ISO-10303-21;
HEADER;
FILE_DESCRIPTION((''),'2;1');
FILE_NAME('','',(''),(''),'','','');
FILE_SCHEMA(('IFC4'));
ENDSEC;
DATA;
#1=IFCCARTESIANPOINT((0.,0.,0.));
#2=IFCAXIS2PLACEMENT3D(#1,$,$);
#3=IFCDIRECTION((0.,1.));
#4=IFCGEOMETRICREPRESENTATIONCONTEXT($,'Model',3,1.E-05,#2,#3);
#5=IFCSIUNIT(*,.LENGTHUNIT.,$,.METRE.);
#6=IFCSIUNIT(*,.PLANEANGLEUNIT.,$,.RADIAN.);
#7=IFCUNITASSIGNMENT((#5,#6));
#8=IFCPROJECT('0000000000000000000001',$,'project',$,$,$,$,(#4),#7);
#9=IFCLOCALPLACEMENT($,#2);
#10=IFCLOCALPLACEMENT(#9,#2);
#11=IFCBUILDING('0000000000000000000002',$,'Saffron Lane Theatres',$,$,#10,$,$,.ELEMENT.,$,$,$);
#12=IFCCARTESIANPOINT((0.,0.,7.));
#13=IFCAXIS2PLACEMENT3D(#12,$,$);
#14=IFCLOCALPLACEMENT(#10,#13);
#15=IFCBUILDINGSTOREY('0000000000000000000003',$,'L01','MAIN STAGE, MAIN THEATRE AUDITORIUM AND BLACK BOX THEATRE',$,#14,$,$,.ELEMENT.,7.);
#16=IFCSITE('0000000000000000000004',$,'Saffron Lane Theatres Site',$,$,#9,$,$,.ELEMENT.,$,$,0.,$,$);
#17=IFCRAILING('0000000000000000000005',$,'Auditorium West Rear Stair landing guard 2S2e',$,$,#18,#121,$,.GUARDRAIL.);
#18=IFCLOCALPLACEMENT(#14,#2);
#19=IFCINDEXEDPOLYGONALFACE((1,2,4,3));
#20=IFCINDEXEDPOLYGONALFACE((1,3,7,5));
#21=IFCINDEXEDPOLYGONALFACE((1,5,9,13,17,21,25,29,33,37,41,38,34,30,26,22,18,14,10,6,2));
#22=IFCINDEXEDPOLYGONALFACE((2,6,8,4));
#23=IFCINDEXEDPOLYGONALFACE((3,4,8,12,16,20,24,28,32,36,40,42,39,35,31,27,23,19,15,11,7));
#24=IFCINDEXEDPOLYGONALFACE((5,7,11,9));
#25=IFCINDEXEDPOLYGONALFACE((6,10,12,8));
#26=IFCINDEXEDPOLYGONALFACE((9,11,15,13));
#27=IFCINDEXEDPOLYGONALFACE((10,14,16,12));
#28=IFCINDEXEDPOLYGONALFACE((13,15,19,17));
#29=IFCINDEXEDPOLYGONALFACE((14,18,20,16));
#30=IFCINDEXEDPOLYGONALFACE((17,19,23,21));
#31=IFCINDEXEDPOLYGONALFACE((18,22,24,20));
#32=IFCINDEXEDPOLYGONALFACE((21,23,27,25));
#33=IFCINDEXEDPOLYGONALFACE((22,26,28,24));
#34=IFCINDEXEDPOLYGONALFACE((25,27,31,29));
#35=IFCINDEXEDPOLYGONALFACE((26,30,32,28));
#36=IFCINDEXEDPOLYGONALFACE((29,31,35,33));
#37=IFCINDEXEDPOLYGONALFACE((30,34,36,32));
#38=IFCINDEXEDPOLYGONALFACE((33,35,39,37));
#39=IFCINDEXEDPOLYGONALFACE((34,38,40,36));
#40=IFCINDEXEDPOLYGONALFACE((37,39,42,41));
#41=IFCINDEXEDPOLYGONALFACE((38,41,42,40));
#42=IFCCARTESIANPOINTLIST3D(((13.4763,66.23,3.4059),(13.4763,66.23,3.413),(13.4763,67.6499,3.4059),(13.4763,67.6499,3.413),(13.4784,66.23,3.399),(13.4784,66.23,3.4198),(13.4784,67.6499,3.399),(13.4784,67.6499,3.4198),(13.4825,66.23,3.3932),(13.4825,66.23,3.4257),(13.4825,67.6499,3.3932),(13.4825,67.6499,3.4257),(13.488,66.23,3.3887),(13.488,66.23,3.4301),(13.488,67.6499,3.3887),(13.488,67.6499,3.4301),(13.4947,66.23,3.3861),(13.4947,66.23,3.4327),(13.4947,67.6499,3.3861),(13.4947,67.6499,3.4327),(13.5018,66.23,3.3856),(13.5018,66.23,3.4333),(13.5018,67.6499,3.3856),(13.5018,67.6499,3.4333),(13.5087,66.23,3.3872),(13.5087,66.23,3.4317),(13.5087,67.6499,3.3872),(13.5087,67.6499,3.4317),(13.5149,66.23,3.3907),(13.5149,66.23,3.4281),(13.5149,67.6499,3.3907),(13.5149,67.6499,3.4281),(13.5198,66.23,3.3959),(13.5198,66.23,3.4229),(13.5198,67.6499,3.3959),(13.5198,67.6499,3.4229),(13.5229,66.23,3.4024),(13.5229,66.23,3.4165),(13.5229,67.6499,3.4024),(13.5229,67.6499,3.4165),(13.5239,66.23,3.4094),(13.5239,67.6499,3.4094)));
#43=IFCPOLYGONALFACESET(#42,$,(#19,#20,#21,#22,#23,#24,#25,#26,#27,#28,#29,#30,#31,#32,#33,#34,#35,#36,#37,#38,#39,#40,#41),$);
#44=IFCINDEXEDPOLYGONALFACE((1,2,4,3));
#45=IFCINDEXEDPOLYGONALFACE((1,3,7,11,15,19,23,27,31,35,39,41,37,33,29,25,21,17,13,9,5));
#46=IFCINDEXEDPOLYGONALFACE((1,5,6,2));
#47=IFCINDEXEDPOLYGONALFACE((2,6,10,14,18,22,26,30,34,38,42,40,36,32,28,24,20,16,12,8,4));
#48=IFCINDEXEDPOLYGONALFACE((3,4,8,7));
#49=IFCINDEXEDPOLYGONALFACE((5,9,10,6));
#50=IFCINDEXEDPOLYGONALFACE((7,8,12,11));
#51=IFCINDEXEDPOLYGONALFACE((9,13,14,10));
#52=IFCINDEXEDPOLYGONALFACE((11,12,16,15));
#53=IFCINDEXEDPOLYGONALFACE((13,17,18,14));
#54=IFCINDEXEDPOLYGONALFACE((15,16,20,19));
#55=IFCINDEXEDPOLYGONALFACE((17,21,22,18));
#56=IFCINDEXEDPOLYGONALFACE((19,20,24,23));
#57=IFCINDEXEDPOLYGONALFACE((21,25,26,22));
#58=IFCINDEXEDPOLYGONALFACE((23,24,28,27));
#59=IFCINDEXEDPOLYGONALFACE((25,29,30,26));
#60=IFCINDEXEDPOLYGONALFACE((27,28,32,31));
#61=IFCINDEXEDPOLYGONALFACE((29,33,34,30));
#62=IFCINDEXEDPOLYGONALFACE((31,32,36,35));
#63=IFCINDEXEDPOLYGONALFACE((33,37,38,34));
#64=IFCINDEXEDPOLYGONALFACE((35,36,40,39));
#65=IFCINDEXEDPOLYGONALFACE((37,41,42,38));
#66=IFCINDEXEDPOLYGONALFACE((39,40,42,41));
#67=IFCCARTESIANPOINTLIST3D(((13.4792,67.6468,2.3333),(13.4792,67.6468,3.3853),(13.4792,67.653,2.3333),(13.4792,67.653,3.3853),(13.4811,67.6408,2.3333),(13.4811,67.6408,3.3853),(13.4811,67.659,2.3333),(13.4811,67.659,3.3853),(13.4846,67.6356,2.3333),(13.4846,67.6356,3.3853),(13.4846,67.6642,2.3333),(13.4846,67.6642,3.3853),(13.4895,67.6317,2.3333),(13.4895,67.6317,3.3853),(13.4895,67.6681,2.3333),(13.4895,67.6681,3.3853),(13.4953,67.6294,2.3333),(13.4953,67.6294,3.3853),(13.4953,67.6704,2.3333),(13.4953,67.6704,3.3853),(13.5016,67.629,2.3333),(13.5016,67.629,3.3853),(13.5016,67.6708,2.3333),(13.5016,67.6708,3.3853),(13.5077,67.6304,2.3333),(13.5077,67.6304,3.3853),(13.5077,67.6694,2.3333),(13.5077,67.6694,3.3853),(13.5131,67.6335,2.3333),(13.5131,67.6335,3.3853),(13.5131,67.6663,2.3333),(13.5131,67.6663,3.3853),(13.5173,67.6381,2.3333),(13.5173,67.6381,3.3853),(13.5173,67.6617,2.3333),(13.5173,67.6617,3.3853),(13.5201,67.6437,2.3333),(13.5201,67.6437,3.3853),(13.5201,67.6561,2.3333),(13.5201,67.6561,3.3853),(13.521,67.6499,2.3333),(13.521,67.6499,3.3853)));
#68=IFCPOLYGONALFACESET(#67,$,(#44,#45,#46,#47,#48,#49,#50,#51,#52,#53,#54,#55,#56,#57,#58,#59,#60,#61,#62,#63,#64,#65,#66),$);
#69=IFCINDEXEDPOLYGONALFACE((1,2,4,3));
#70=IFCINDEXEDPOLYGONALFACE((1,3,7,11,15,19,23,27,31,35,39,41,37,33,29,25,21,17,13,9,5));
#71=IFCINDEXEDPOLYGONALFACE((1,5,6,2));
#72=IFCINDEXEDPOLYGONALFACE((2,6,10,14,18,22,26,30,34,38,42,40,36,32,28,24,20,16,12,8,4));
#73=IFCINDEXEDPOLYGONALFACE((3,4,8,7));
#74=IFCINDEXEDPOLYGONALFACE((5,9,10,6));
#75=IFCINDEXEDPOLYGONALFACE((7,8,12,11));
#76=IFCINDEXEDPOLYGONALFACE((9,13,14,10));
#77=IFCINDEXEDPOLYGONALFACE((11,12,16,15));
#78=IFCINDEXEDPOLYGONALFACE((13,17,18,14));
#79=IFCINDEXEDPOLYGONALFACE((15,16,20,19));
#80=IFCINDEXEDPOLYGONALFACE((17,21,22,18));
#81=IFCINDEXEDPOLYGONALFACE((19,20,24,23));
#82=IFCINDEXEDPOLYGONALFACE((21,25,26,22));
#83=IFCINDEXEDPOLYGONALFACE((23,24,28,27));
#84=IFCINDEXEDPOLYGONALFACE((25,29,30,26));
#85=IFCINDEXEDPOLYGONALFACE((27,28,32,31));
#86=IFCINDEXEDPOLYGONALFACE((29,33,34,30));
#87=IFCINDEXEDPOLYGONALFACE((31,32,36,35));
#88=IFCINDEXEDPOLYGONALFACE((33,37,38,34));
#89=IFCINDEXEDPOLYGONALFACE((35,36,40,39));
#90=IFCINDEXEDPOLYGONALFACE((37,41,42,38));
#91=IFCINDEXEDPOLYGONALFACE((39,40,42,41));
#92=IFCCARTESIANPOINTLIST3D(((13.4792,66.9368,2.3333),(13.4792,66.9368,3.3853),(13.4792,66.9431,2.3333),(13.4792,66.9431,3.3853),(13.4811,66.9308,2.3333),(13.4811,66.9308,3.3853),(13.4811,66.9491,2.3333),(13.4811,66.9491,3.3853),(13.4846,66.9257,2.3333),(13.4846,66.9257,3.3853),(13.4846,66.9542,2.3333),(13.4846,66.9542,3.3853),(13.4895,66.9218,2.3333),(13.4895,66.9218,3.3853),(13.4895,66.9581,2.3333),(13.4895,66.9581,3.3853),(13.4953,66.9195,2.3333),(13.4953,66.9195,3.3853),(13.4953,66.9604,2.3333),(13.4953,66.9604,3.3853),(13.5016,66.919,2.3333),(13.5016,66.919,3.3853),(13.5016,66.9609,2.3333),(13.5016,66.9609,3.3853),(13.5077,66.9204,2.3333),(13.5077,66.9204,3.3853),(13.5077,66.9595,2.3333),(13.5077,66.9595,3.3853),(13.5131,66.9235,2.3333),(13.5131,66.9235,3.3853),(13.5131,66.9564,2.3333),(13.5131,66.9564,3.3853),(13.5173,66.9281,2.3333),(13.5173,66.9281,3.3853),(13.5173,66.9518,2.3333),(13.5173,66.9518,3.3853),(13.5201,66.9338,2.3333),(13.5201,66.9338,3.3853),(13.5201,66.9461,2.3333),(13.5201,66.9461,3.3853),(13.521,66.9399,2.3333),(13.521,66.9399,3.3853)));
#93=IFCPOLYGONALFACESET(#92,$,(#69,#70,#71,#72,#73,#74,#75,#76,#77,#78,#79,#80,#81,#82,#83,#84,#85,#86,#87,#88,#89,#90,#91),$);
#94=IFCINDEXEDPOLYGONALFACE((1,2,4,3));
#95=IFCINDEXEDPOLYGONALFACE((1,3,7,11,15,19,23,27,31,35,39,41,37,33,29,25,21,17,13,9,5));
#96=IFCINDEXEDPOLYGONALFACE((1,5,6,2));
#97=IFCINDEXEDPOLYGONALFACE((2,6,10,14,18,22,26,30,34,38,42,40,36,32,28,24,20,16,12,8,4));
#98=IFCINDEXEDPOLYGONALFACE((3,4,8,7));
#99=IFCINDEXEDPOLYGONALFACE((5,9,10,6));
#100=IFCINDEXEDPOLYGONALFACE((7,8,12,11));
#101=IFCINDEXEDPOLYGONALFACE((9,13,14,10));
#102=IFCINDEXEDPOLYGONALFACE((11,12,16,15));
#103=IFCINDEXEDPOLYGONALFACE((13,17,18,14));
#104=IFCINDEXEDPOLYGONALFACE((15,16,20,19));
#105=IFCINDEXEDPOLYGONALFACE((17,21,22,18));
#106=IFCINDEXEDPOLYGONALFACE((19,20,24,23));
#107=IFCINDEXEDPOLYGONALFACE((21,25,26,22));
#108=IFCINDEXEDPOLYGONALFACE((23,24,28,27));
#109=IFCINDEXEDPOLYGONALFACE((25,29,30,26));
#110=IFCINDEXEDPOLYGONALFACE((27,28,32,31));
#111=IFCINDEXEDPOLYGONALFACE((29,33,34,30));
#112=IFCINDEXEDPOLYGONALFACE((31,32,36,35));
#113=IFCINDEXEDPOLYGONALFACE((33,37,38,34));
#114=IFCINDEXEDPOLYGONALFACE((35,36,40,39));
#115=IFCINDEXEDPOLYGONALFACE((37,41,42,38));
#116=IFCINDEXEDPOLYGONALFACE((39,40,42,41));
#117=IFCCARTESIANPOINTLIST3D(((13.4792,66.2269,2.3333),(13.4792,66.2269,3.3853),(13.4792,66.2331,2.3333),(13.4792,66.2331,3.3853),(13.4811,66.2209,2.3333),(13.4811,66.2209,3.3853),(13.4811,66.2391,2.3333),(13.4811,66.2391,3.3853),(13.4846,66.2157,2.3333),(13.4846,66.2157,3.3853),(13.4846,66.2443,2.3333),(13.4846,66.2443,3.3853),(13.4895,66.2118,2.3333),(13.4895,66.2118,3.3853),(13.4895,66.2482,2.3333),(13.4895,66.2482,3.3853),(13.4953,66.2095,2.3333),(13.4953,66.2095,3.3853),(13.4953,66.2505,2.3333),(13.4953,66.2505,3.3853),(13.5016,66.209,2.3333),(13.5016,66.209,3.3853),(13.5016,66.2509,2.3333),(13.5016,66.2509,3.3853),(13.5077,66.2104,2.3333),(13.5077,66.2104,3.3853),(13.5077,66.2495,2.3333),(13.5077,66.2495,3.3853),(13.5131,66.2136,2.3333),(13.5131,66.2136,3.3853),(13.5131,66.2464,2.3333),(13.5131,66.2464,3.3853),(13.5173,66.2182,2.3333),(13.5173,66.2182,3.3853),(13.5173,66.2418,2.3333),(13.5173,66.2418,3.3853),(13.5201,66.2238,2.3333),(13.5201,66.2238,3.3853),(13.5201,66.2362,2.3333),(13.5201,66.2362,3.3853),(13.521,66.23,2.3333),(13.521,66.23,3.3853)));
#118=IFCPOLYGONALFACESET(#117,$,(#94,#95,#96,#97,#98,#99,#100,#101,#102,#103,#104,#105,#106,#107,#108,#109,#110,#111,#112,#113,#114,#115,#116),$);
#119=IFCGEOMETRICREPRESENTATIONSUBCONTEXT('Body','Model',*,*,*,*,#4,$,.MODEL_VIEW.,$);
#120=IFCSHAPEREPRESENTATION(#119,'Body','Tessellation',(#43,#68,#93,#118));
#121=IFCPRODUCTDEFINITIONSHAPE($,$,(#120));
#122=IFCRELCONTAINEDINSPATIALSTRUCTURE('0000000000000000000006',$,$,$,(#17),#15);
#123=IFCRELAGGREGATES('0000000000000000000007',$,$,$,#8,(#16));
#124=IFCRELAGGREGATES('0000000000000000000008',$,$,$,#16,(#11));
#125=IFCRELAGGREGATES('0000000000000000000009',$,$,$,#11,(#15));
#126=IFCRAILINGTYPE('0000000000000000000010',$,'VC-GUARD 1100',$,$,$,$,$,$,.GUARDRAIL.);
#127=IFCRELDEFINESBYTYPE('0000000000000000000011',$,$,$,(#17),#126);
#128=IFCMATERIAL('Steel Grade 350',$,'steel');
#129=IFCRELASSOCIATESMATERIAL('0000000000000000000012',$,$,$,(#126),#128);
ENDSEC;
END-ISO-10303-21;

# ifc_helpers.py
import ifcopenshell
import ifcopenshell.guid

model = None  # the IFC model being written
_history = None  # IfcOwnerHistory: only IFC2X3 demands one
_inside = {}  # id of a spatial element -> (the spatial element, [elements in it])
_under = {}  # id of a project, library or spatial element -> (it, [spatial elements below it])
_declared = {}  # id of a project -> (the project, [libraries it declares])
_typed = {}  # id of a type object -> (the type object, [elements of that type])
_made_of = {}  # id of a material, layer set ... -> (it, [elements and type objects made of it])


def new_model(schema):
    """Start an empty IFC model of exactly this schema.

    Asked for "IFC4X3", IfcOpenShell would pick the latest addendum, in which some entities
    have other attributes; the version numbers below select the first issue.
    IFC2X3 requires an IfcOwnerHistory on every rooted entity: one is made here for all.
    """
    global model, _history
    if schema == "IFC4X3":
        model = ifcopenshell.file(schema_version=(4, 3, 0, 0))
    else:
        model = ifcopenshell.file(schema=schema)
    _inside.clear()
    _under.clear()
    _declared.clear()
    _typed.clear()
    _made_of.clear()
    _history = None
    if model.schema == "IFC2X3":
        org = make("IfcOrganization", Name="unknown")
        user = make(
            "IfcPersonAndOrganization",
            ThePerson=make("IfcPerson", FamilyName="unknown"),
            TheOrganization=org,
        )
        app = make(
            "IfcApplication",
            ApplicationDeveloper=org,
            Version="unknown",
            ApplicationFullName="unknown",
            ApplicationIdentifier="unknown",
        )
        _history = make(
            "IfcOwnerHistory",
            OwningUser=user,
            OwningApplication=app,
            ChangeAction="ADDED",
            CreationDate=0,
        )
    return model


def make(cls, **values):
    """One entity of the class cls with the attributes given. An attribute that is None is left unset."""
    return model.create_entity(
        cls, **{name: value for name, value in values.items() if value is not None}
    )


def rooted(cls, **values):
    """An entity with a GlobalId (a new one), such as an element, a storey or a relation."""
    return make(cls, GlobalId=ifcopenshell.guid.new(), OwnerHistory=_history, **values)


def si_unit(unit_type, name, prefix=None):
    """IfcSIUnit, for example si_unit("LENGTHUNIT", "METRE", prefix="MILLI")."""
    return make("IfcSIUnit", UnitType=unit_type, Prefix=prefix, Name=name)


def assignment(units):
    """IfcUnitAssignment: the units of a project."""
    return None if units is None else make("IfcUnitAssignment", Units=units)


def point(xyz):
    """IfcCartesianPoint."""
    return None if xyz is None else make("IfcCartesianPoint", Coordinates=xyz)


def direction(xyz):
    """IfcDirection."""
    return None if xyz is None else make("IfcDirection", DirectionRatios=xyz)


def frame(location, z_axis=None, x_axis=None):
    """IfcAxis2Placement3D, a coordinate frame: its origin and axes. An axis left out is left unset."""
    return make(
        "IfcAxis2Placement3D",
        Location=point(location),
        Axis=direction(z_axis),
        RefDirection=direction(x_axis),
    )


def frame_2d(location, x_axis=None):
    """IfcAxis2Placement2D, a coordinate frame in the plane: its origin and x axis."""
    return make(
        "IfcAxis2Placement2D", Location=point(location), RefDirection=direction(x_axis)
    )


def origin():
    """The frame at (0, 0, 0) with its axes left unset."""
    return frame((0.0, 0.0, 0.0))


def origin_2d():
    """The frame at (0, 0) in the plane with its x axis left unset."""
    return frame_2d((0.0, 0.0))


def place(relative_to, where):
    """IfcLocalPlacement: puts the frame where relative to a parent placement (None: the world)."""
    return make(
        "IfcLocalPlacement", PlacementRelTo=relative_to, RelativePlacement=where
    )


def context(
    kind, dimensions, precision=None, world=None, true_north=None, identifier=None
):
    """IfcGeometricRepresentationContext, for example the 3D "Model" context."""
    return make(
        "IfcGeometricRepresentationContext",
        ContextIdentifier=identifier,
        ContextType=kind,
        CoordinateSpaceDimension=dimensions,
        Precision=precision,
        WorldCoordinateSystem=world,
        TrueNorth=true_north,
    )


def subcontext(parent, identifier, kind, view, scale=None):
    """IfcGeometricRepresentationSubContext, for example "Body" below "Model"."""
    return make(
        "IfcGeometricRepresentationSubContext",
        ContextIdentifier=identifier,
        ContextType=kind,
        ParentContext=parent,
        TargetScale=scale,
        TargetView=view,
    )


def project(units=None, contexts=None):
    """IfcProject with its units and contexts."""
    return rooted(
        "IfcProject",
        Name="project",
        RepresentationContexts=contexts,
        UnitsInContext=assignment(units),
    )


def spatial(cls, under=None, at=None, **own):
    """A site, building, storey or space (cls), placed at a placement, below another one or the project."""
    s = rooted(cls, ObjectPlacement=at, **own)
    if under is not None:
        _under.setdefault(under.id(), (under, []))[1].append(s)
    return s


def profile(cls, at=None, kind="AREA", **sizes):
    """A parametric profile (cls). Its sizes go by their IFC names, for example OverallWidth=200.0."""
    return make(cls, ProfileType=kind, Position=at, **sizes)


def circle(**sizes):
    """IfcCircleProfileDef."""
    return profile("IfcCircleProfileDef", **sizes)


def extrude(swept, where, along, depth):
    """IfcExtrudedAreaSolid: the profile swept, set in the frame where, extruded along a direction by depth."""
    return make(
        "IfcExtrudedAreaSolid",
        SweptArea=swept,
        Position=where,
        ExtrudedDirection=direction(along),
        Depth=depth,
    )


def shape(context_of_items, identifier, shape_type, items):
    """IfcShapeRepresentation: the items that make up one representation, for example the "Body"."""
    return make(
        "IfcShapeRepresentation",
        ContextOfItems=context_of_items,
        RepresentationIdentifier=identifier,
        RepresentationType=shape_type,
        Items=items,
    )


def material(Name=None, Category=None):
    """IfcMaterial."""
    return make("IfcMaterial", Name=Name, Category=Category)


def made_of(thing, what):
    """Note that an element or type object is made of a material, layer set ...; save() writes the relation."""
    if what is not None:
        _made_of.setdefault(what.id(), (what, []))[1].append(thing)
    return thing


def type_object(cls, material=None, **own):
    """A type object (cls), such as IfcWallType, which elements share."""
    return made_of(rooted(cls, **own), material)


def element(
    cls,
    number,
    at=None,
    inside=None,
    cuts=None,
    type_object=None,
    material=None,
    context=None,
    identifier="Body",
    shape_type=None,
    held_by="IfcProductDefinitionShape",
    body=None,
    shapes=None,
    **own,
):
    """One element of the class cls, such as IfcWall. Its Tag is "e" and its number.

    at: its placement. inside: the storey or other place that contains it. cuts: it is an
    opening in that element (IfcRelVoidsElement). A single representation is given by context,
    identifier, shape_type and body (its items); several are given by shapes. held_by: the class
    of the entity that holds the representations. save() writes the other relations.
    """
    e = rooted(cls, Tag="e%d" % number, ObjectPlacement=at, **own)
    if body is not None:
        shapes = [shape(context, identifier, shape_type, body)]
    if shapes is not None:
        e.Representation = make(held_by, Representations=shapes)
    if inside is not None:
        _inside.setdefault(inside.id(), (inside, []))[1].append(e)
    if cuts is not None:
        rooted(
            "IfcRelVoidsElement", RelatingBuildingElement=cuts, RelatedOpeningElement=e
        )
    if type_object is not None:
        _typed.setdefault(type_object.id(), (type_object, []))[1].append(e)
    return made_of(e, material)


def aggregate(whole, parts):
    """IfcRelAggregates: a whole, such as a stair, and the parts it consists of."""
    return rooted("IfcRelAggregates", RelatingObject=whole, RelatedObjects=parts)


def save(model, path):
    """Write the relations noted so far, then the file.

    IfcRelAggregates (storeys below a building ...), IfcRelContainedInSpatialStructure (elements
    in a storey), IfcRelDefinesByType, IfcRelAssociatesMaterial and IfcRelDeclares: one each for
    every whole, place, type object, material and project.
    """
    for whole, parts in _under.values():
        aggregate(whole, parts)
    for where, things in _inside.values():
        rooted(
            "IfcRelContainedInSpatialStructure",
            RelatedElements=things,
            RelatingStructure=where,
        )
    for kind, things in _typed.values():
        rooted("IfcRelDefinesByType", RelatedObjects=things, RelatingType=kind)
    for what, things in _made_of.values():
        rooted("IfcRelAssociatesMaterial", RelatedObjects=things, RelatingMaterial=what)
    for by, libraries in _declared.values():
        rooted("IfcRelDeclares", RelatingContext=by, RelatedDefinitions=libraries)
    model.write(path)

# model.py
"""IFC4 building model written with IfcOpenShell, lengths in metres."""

from ifc_helpers import new_model, si_unit, direction, frame, origin, origin_2d, place, context, subcontext, project, spatial, circle, extrude, material, type_object, element, save


model = new_model("IFC4")

# Units and contexts
model_context = context("Model", 3, precision=1e-05, world=origin(), true_north=direction((0.0, 1.0)))
body_context = subcontext(model_context, "Body", "Model", "MODEL_VIEW")
ifc_project = project(units=[si_unit("LENGTHUNIT", "METRE"), si_unit("PLANEANGLEUNIT", "RADIAN")], contexts=[model_context])

# Site, building, storey
site_placement = place(None, origin())
site = spatial("IfcSite", under=ifc_project, at=site_placement, Name="Saffron Lane Theatres Site", CompositionType="ELEMENT", RefElevation=0.0)
building_placement = place(site_placement, origin())
building = spatial("IfcBuilding", under=site, at=building_placement, Name="Saffron Lane Theatres", CompositionType="ELEMENT")
storey_placement = place(building_placement, frame((0.0, 0.0, 7.0)))
storey = spatial("IfcBuildingStorey", under=building, at=storey_placement, Name="L01", Description="MAIN STAGE, MAIN THEATRE AUDITORIUM AND BLACK BOX THEATRE", CompositionType="ELEMENT", Elevation=7.0)

# Railing
ifc_material_1 = material(Name="Steel Grade 350", Category="steel")
railing_type_1 = type_object("IfcRailingType", Name="VC-GUARD 1100", PredefinedType="GUARDRAIL", material=ifc_material_1)
railing_1_placement = place(storey_placement, frame((13.5, 67.6499, 2.3333)))
element("IfcRailing", 1, at=railing_1_placement, inside=storey, type_object=railing_type_1, Name="Auditorium West Rear Stair landing guard 2S2e", PredefinedType="GUARDRAIL", context=body_context, shape_type="SweptSolid", body=[
    extrude(circle(Radius=0.0239, at=origin_2d()), frame((0.0, 0.0, 1.0762), z_axis=(0.0, -1.0, 0.0), x_axis=(1.0, 0.0, 0.0)), (0.0, 0.0, 1.0), 1.4199),
    extrude(circle(Radius=0.021, at=origin_2d()), origin(), (0.0, 0.0, 1.0), 1.052),
    extrude(circle(Radius=0.021, at=origin_2d()), frame((0.0, -0.71, 0.0)), (0.0, 0.0, 1.0), 1.052),
    extrude(circle(Radius=0.021, at=origin_2d()), frame((0.0, -1.4199, 0.0)), (0.0, 0.0, 1.0), 1.052),
])

save(model, "model.ifc")
